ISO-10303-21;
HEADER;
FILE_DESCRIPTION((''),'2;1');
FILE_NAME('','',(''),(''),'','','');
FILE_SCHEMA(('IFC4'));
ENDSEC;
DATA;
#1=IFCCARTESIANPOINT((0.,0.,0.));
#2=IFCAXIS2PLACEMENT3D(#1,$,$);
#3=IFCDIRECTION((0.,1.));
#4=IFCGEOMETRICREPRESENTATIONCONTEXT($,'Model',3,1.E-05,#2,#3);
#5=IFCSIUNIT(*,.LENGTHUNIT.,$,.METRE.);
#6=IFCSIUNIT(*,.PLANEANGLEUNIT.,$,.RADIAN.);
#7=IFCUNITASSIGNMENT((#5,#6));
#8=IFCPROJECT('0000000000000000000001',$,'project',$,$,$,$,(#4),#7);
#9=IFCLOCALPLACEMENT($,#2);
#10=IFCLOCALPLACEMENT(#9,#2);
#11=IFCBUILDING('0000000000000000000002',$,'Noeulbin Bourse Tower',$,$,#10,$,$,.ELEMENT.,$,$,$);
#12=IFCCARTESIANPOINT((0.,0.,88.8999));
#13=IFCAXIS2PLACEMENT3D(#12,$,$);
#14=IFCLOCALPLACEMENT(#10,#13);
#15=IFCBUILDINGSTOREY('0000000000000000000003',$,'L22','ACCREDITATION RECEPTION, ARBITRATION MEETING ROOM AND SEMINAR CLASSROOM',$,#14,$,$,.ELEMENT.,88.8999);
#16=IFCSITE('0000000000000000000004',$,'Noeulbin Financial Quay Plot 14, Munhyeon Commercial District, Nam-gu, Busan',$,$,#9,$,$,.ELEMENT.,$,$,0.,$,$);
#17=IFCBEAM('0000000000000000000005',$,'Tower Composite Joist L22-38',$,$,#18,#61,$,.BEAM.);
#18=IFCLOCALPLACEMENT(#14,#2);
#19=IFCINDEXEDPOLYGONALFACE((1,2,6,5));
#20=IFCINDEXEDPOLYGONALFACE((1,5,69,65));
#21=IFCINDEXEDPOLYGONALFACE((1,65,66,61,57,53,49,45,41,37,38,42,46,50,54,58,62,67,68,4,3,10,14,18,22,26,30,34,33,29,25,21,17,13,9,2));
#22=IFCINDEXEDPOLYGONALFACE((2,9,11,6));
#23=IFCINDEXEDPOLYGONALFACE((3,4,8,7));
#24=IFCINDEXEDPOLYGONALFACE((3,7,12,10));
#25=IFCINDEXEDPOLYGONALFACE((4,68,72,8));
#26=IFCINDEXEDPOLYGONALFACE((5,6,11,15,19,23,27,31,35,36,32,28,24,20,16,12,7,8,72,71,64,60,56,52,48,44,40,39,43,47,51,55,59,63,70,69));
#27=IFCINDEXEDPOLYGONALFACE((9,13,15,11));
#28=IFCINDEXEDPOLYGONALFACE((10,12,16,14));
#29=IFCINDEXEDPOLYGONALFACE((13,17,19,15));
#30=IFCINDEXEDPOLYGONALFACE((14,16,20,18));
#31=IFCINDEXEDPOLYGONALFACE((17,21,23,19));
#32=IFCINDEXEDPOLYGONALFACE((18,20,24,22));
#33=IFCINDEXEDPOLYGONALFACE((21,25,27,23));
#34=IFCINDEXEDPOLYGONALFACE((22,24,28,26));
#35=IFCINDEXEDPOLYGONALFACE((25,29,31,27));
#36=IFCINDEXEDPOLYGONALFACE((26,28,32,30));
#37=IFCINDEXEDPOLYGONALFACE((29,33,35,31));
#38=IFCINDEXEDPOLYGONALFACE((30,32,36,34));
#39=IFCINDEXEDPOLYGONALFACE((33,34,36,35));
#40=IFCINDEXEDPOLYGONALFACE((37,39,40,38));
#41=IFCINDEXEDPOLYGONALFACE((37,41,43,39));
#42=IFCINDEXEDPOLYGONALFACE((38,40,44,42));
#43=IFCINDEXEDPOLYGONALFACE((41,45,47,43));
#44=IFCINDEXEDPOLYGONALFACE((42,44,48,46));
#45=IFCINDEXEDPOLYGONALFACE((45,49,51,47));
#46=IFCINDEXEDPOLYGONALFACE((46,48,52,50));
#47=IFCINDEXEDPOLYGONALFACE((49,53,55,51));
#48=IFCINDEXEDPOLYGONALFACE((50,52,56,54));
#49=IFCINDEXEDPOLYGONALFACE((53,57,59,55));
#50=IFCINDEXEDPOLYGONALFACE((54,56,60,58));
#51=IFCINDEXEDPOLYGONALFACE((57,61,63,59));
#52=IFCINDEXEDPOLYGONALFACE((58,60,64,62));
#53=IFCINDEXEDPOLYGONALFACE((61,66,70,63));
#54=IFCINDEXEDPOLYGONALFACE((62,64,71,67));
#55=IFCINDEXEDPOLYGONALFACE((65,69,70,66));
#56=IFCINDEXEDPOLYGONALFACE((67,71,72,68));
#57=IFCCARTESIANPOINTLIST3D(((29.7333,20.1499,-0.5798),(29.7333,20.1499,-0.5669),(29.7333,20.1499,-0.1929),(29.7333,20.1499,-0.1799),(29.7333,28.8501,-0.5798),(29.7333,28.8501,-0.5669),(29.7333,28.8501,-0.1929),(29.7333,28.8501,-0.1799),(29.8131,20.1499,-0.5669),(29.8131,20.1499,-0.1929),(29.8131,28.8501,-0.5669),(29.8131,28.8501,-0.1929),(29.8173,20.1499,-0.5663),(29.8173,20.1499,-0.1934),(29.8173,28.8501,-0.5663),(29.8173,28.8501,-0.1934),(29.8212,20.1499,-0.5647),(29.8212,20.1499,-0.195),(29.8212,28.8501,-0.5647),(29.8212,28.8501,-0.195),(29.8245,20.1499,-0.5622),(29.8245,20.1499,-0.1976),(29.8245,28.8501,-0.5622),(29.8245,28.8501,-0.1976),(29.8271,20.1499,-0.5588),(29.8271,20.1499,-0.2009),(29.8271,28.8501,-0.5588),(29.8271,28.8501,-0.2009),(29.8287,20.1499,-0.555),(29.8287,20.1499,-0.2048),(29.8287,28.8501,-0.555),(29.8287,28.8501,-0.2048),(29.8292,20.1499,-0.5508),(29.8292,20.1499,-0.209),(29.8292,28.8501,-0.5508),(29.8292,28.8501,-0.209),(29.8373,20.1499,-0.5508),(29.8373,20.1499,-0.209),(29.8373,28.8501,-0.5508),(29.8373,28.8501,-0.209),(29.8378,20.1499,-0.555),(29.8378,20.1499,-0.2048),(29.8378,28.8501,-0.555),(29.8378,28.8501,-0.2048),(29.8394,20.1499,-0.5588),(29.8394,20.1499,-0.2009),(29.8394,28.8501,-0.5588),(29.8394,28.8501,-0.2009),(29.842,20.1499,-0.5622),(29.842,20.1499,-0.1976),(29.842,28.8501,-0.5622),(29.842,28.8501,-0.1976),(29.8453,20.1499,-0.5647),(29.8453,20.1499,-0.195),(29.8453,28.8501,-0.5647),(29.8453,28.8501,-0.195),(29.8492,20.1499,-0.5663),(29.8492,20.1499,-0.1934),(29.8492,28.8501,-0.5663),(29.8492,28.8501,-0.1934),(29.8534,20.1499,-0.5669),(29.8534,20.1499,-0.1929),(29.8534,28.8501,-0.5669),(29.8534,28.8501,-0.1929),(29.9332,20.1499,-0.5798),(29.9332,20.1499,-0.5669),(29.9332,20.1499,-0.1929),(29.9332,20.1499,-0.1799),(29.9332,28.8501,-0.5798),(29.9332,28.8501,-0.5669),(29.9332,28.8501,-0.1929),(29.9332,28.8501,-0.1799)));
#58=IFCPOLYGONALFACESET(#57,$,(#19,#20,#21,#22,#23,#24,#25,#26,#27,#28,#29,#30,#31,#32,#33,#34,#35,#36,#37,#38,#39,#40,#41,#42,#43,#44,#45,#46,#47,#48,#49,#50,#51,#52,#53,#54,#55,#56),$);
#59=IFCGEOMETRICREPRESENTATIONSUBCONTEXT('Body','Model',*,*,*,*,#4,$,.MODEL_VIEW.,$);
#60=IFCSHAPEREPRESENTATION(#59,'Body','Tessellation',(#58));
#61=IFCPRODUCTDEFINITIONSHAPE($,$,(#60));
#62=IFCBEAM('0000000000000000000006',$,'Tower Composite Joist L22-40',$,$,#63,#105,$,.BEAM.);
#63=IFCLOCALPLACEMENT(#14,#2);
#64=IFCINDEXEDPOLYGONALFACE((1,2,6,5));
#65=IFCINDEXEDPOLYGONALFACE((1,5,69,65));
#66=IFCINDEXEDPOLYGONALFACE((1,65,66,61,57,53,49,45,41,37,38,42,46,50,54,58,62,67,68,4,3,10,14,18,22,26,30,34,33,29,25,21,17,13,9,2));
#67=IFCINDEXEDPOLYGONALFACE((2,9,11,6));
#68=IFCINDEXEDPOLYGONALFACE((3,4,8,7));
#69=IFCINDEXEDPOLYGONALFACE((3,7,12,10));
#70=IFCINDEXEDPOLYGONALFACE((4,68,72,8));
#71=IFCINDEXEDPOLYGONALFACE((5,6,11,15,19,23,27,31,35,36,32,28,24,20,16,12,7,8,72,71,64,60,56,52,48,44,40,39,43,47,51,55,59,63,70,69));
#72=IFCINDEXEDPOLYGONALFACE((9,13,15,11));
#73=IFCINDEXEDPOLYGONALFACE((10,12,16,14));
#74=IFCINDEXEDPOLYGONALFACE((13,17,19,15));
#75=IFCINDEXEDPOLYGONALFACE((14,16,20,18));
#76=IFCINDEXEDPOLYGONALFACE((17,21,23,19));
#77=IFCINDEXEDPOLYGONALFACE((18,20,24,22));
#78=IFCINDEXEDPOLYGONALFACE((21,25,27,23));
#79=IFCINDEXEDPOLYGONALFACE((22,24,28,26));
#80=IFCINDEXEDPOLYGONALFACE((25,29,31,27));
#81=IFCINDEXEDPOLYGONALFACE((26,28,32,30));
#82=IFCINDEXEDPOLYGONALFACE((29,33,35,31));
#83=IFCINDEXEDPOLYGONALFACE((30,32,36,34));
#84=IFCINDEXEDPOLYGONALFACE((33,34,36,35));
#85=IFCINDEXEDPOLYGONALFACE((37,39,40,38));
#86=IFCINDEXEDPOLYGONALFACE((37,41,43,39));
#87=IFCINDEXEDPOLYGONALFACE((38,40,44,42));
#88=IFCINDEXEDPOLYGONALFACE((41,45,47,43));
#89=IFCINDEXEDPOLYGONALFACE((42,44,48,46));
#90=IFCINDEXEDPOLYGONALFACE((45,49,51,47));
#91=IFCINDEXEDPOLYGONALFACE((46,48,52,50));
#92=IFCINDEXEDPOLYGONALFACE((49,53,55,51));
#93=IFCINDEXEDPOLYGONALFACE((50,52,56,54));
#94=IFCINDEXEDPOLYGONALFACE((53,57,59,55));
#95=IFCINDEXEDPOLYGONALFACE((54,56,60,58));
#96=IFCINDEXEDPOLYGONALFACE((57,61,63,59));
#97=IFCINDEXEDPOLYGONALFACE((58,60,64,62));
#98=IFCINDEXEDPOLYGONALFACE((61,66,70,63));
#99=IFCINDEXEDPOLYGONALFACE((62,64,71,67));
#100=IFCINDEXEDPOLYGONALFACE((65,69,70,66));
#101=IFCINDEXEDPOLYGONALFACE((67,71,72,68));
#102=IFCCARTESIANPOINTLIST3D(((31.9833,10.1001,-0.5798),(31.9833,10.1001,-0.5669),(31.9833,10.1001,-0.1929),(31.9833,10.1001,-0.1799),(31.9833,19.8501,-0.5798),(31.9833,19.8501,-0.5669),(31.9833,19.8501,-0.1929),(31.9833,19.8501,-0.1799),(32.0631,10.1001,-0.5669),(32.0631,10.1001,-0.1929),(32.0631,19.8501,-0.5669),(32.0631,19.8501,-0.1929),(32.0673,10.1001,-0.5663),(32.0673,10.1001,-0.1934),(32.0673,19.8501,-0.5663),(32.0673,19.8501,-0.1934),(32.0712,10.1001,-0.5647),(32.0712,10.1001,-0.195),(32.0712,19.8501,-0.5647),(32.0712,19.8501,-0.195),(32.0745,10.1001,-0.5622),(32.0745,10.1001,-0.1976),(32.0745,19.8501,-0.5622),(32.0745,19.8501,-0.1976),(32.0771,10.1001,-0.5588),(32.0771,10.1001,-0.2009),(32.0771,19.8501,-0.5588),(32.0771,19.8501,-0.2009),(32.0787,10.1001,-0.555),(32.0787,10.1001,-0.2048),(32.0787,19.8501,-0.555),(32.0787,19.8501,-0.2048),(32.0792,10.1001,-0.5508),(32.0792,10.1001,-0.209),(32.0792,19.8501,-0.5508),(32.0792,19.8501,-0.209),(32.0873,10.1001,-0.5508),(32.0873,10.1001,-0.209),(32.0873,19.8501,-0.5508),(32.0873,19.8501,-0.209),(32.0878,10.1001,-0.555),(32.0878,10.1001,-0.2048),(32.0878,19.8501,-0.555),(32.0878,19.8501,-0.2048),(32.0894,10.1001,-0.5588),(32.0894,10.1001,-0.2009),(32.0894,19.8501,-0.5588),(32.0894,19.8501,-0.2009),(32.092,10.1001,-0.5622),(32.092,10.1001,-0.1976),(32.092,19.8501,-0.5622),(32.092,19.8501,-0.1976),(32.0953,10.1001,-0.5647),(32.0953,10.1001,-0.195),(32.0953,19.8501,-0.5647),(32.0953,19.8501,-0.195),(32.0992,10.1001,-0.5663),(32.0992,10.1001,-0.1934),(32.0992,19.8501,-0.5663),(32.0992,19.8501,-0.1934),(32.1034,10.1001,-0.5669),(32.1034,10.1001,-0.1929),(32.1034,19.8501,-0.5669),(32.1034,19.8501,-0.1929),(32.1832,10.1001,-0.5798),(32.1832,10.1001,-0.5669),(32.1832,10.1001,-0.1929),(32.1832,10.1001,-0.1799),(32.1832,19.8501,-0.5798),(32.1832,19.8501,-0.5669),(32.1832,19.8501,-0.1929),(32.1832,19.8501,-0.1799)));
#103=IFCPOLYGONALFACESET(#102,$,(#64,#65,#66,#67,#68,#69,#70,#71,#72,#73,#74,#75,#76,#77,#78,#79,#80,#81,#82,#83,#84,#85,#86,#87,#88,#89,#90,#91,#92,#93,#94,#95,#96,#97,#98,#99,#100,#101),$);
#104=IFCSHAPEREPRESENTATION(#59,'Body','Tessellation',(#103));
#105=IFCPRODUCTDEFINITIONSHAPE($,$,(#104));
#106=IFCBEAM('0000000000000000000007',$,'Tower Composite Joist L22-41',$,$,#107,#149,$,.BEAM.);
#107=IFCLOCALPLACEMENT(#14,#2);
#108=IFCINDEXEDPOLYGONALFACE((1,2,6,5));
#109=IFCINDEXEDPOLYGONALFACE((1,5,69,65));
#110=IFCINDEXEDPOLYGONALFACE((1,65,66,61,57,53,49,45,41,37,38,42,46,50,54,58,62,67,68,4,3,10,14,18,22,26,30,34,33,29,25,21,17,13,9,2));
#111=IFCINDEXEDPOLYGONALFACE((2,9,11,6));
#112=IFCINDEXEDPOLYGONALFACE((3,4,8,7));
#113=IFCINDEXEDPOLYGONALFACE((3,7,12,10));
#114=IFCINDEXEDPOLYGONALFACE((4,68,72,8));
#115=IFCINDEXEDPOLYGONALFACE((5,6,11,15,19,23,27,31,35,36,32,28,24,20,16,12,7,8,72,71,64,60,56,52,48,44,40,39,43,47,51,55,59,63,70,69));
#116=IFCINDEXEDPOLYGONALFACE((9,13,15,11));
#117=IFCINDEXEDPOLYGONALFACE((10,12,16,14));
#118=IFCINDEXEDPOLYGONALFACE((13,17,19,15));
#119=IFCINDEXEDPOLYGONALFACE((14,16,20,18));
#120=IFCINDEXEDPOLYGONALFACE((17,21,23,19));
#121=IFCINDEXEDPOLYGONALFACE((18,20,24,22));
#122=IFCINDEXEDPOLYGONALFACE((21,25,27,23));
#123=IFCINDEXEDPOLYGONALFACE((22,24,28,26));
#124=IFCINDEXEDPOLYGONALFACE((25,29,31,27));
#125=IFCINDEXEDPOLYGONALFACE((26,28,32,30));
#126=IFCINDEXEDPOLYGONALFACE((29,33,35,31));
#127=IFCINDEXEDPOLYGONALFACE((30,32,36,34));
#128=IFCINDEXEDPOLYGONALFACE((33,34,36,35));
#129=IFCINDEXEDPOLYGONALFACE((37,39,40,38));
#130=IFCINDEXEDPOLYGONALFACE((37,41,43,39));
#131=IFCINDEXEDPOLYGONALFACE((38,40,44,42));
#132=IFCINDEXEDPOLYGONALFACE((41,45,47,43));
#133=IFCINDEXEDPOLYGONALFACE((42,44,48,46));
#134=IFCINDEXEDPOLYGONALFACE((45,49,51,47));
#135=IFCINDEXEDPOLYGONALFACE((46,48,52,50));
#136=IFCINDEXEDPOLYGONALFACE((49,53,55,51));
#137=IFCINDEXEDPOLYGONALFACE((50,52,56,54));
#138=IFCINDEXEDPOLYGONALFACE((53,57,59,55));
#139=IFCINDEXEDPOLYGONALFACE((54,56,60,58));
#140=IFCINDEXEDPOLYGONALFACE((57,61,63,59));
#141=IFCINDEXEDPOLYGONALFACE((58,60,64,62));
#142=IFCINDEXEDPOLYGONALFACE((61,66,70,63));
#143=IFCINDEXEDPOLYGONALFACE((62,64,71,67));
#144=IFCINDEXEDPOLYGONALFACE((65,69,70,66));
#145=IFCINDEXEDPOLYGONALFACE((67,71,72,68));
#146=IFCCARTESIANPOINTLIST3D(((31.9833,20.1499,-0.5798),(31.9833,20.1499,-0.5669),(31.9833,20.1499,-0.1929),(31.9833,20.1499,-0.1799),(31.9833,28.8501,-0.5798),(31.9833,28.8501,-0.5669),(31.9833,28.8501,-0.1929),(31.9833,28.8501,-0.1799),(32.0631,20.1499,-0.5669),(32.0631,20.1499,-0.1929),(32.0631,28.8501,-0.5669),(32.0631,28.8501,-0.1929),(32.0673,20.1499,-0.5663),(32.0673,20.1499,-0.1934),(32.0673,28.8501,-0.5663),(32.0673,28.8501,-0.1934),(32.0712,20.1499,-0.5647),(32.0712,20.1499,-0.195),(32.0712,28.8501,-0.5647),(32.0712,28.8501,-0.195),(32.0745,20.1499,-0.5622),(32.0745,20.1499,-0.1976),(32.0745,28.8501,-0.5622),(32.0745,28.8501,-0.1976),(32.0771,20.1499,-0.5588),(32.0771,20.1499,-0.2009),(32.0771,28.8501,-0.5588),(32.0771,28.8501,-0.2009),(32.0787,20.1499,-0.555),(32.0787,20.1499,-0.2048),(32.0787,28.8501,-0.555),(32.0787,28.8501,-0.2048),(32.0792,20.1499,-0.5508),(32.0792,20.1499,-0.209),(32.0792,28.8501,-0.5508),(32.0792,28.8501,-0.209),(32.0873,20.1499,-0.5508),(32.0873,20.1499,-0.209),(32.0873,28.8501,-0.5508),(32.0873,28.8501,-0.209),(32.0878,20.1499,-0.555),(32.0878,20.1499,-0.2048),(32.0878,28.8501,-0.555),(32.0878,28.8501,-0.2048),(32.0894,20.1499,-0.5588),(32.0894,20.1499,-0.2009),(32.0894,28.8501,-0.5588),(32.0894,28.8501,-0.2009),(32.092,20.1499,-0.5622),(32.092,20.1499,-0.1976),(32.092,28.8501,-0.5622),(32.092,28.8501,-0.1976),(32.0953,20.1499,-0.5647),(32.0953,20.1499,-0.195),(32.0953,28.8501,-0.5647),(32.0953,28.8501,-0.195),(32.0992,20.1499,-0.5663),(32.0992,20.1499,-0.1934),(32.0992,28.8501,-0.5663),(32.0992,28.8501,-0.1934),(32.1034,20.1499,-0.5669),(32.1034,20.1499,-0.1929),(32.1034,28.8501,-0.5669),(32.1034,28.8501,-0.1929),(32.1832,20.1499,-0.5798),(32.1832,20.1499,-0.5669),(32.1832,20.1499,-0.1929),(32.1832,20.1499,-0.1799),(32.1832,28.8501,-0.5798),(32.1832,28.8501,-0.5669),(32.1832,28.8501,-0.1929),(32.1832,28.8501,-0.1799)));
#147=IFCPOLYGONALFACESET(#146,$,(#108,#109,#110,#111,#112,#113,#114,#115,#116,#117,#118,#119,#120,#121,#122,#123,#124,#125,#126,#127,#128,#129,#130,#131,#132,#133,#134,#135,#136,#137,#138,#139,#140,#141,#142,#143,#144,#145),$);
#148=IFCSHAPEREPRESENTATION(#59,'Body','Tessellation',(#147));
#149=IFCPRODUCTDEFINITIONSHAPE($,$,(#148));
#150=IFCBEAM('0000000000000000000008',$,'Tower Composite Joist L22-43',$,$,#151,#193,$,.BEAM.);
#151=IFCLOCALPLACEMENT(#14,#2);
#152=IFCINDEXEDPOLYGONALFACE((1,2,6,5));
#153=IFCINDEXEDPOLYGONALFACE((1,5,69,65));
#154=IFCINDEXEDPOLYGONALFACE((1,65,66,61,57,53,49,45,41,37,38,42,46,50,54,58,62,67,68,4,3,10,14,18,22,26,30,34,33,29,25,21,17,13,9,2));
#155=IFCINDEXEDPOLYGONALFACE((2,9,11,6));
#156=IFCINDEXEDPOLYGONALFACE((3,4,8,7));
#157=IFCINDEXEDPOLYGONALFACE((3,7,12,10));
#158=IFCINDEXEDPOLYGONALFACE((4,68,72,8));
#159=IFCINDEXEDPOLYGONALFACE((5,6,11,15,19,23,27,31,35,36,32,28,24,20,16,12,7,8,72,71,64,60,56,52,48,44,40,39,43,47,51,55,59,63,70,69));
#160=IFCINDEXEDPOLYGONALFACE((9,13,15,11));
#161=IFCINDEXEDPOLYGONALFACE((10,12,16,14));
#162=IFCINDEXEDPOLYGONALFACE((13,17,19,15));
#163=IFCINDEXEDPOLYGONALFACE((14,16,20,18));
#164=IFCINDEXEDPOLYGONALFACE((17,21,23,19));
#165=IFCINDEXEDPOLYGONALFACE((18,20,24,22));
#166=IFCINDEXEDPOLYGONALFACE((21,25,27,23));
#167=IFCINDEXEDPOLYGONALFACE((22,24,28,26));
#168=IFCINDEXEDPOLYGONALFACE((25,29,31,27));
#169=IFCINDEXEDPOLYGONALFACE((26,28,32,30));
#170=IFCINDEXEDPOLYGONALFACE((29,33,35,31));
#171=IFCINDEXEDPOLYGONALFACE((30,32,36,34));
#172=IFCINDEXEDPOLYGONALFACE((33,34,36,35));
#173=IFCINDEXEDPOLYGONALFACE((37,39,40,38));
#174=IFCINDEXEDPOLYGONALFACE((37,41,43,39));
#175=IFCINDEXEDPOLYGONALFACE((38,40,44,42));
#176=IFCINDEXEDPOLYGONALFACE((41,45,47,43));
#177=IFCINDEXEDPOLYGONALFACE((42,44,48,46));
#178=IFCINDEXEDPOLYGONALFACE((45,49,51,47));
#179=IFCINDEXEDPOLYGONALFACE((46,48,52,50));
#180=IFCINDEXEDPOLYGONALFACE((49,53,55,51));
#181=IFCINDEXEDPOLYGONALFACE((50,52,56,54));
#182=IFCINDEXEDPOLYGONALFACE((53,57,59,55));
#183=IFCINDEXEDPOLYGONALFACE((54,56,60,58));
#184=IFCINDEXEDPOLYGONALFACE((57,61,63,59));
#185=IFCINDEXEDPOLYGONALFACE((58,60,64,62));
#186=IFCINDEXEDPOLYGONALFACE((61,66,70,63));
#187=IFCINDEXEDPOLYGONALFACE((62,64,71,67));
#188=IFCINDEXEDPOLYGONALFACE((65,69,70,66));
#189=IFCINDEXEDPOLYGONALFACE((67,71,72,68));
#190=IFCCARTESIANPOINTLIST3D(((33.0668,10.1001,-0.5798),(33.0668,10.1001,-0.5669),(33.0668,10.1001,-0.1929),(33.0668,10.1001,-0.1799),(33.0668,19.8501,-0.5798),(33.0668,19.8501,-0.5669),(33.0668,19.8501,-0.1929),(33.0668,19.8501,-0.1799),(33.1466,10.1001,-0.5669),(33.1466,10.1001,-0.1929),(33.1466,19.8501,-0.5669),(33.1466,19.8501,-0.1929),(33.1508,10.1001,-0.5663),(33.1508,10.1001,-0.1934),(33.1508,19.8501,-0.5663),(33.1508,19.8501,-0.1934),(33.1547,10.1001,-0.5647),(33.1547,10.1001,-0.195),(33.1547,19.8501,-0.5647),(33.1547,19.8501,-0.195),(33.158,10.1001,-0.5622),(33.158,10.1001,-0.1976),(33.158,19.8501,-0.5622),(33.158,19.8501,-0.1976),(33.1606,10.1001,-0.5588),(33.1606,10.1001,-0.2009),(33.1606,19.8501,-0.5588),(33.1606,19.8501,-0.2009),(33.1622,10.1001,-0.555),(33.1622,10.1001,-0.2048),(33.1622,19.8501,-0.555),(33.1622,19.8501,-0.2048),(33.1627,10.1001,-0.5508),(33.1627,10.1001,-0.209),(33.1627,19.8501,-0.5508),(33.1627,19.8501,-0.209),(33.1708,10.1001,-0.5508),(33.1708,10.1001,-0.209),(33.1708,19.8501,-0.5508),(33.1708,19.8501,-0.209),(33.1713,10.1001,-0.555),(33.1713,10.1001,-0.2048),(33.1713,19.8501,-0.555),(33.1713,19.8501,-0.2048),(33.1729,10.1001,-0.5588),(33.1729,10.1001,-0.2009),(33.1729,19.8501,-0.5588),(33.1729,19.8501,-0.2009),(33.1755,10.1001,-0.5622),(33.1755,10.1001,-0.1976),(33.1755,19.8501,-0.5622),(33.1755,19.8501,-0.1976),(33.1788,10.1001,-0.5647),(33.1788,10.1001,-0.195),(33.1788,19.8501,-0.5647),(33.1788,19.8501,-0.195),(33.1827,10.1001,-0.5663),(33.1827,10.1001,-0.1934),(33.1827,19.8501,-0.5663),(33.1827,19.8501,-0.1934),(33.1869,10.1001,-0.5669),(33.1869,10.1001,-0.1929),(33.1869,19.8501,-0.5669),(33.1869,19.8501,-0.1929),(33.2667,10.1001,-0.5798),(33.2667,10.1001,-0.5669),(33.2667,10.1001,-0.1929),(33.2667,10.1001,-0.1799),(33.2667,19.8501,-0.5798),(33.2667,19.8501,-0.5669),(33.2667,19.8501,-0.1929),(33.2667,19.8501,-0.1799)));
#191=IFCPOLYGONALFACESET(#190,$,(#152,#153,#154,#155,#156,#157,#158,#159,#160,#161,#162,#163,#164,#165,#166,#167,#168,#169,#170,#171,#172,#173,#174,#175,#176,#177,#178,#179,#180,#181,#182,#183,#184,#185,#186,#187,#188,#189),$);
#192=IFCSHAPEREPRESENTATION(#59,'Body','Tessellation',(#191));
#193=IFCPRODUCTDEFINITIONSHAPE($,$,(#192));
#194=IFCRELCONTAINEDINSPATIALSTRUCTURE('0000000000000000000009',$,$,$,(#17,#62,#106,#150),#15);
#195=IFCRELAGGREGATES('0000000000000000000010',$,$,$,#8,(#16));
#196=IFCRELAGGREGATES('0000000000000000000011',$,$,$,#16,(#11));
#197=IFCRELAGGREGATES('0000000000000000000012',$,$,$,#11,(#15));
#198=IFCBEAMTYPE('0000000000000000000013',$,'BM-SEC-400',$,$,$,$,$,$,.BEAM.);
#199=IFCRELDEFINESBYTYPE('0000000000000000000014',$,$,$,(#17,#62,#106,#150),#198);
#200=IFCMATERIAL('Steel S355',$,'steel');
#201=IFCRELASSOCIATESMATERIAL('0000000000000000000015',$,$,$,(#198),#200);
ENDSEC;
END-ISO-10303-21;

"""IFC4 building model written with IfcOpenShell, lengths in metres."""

from ifc_helpers import new_model, si_unit, direction, frame, origin, origin_2d, place, context, subcontext, project, spatial, i_section, extrude, material, material_profile, profile_set, type_object, element, save


model = new_model("IFC4")

# Units and contexts
model_context = context("Model", 3, precision=1e-05, world=origin(), true_north=direction((0.0, 1.0)))
body_context = subcontext(model_context, "Body", "Model", "MODEL_VIEW")
ifc_project = project(units=[si_unit("LENGTHUNIT", "METRE"), si_unit("PLANEANGLEUNIT", "RADIAN")], contexts=[model_context])

# Site, building, storey
site_placement = place(None, origin())
site = spatial("IfcSite", under=ifc_project, at=site_placement, Name="Noeulbin Financial Quay Plot 14, Munhyeon Commercial District, Nam-gu, Busan", CompositionType="ELEMENT", RefElevation=0.0)
building_placement = place(site_placement, origin())
building = spatial("IfcBuilding", under=site, at=building_placement, Name="Noeulbin Bourse Tower", CompositionType="ELEMENT")
storey_placement = place(building_placement, frame((0.0, 0.0, 88.8999)))
storey = spatial("IfcBuildingStorey", under=building, at=storey_placement, Name="L22", Description="ACCREDITATION RECEPTION, ARBITRATION MEETING ROOM AND SEMINAR CLASSROOM", CompositionType="ELEMENT", Elevation=88.8999)

# Beams
ifc_material_1 = material(Name="Steel S355", Category="steel")
ifc_material_profile_1 = material_profile(ifc_material_1, i_section(OverallWidth=0.2, OverallDepth=0.3999, WebThickness=0.0081, FlangeThickness=0.0129, FilletRadius=0.0161, at=origin_2d()), Name="H-400x200x8x13", Category="LoadBearing")
ifc_profile_set_1 = profile_set([ifc_material_profile_1], Name="Steel S355")
beam_type_1 = type_object("IfcBeamType", Name="BM-SEC-400", PredefinedType="BEAM", material=ifc_profile_set_1)
beam_1_placement = place(storey_placement, frame((29.8333, 20.1499, -0.3799), z_axis=(0.0, 1.0, 0.0), x_axis=(-1.0, 0.0, 0.0)))
element("IfcBeam", 1, at=beam_1_placement, inside=storey, type_object=beam_type_1, Name="Tower Composite Joist L22-38", PredefinedType="BEAM", context=body_context, shape_type="SweptSolid", body=[
    extrude(i_section(OverallWidth=0.2, OverallDepth=0.3999, WebThickness=0.0081, FlangeThickness=0.0129, FilletRadius=0.0161, at=origin_2d()), origin(), (0.0, 0.0, 1.0), 8.7002),
])
beam_2_placement = place(storey_placement, frame((32.0833, 10.1001, -0.3799), z_axis=(0.0, 1.0, 0.0), x_axis=(-1.0, 0.0, 0.0)))
element("IfcBeam", 2, at=beam_2_placement, inside=storey, type_object=beam_type_1, Name="Tower Composite Joist L22-40", PredefinedType="BEAM", context=body_context, shape_type="SweptSolid", body=[
    extrude(i_section(OverallWidth=0.2, OverallDepth=0.3999, WebThickness=0.0081, FlangeThickness=0.0129, FilletRadius=0.0161, at=origin_2d()), origin(), (0.0, 0.0, 1.0), 9.75),
])
beam_3_placement = place(storey_placement, frame((32.0833, 20.1499, -0.3799), z_axis=(0.0, 1.0, 0.0), x_axis=(-1.0, 0.0, 0.0)))
element("IfcBeam", 3, at=beam_3_placement, inside=storey, type_object=beam_type_1, Name="Tower Composite Joist L22-41", PredefinedType="BEAM", context=body_context, shape_type="SweptSolid", body=[
    extrude(i_section(OverallWidth=0.2, OverallDepth=0.3999, WebThickness=0.0081, FlangeThickness=0.0129, FilletRadius=0.0161, at=origin_2d()), origin(), (0.0, 0.0, 1.0), 8.7002),
])
beam_4_placement = place(storey_placement, frame((33.1667, 10.1001, -0.3799), z_axis=(0.0, 1.0, 0.0), x_axis=(-1.0, 0.0, 0.0)))
element("IfcBeam", 4, at=beam_4_placement, inside=storey, type_object=beam_type_1, Name="Tower Composite Joist L22-43", PredefinedType="BEAM", context=body_context, shape_type="SweptSolid", body=[
    extrude(i_section(OverallWidth=0.2, OverallDepth=0.3999, WebThickness=0.0081, FlangeThickness=0.0129, FilletRadius=0.0161, at=origin_2d()), origin(), (0.0, 0.0, 1.0), 9.75),
])

save(model, "model.ifc")
